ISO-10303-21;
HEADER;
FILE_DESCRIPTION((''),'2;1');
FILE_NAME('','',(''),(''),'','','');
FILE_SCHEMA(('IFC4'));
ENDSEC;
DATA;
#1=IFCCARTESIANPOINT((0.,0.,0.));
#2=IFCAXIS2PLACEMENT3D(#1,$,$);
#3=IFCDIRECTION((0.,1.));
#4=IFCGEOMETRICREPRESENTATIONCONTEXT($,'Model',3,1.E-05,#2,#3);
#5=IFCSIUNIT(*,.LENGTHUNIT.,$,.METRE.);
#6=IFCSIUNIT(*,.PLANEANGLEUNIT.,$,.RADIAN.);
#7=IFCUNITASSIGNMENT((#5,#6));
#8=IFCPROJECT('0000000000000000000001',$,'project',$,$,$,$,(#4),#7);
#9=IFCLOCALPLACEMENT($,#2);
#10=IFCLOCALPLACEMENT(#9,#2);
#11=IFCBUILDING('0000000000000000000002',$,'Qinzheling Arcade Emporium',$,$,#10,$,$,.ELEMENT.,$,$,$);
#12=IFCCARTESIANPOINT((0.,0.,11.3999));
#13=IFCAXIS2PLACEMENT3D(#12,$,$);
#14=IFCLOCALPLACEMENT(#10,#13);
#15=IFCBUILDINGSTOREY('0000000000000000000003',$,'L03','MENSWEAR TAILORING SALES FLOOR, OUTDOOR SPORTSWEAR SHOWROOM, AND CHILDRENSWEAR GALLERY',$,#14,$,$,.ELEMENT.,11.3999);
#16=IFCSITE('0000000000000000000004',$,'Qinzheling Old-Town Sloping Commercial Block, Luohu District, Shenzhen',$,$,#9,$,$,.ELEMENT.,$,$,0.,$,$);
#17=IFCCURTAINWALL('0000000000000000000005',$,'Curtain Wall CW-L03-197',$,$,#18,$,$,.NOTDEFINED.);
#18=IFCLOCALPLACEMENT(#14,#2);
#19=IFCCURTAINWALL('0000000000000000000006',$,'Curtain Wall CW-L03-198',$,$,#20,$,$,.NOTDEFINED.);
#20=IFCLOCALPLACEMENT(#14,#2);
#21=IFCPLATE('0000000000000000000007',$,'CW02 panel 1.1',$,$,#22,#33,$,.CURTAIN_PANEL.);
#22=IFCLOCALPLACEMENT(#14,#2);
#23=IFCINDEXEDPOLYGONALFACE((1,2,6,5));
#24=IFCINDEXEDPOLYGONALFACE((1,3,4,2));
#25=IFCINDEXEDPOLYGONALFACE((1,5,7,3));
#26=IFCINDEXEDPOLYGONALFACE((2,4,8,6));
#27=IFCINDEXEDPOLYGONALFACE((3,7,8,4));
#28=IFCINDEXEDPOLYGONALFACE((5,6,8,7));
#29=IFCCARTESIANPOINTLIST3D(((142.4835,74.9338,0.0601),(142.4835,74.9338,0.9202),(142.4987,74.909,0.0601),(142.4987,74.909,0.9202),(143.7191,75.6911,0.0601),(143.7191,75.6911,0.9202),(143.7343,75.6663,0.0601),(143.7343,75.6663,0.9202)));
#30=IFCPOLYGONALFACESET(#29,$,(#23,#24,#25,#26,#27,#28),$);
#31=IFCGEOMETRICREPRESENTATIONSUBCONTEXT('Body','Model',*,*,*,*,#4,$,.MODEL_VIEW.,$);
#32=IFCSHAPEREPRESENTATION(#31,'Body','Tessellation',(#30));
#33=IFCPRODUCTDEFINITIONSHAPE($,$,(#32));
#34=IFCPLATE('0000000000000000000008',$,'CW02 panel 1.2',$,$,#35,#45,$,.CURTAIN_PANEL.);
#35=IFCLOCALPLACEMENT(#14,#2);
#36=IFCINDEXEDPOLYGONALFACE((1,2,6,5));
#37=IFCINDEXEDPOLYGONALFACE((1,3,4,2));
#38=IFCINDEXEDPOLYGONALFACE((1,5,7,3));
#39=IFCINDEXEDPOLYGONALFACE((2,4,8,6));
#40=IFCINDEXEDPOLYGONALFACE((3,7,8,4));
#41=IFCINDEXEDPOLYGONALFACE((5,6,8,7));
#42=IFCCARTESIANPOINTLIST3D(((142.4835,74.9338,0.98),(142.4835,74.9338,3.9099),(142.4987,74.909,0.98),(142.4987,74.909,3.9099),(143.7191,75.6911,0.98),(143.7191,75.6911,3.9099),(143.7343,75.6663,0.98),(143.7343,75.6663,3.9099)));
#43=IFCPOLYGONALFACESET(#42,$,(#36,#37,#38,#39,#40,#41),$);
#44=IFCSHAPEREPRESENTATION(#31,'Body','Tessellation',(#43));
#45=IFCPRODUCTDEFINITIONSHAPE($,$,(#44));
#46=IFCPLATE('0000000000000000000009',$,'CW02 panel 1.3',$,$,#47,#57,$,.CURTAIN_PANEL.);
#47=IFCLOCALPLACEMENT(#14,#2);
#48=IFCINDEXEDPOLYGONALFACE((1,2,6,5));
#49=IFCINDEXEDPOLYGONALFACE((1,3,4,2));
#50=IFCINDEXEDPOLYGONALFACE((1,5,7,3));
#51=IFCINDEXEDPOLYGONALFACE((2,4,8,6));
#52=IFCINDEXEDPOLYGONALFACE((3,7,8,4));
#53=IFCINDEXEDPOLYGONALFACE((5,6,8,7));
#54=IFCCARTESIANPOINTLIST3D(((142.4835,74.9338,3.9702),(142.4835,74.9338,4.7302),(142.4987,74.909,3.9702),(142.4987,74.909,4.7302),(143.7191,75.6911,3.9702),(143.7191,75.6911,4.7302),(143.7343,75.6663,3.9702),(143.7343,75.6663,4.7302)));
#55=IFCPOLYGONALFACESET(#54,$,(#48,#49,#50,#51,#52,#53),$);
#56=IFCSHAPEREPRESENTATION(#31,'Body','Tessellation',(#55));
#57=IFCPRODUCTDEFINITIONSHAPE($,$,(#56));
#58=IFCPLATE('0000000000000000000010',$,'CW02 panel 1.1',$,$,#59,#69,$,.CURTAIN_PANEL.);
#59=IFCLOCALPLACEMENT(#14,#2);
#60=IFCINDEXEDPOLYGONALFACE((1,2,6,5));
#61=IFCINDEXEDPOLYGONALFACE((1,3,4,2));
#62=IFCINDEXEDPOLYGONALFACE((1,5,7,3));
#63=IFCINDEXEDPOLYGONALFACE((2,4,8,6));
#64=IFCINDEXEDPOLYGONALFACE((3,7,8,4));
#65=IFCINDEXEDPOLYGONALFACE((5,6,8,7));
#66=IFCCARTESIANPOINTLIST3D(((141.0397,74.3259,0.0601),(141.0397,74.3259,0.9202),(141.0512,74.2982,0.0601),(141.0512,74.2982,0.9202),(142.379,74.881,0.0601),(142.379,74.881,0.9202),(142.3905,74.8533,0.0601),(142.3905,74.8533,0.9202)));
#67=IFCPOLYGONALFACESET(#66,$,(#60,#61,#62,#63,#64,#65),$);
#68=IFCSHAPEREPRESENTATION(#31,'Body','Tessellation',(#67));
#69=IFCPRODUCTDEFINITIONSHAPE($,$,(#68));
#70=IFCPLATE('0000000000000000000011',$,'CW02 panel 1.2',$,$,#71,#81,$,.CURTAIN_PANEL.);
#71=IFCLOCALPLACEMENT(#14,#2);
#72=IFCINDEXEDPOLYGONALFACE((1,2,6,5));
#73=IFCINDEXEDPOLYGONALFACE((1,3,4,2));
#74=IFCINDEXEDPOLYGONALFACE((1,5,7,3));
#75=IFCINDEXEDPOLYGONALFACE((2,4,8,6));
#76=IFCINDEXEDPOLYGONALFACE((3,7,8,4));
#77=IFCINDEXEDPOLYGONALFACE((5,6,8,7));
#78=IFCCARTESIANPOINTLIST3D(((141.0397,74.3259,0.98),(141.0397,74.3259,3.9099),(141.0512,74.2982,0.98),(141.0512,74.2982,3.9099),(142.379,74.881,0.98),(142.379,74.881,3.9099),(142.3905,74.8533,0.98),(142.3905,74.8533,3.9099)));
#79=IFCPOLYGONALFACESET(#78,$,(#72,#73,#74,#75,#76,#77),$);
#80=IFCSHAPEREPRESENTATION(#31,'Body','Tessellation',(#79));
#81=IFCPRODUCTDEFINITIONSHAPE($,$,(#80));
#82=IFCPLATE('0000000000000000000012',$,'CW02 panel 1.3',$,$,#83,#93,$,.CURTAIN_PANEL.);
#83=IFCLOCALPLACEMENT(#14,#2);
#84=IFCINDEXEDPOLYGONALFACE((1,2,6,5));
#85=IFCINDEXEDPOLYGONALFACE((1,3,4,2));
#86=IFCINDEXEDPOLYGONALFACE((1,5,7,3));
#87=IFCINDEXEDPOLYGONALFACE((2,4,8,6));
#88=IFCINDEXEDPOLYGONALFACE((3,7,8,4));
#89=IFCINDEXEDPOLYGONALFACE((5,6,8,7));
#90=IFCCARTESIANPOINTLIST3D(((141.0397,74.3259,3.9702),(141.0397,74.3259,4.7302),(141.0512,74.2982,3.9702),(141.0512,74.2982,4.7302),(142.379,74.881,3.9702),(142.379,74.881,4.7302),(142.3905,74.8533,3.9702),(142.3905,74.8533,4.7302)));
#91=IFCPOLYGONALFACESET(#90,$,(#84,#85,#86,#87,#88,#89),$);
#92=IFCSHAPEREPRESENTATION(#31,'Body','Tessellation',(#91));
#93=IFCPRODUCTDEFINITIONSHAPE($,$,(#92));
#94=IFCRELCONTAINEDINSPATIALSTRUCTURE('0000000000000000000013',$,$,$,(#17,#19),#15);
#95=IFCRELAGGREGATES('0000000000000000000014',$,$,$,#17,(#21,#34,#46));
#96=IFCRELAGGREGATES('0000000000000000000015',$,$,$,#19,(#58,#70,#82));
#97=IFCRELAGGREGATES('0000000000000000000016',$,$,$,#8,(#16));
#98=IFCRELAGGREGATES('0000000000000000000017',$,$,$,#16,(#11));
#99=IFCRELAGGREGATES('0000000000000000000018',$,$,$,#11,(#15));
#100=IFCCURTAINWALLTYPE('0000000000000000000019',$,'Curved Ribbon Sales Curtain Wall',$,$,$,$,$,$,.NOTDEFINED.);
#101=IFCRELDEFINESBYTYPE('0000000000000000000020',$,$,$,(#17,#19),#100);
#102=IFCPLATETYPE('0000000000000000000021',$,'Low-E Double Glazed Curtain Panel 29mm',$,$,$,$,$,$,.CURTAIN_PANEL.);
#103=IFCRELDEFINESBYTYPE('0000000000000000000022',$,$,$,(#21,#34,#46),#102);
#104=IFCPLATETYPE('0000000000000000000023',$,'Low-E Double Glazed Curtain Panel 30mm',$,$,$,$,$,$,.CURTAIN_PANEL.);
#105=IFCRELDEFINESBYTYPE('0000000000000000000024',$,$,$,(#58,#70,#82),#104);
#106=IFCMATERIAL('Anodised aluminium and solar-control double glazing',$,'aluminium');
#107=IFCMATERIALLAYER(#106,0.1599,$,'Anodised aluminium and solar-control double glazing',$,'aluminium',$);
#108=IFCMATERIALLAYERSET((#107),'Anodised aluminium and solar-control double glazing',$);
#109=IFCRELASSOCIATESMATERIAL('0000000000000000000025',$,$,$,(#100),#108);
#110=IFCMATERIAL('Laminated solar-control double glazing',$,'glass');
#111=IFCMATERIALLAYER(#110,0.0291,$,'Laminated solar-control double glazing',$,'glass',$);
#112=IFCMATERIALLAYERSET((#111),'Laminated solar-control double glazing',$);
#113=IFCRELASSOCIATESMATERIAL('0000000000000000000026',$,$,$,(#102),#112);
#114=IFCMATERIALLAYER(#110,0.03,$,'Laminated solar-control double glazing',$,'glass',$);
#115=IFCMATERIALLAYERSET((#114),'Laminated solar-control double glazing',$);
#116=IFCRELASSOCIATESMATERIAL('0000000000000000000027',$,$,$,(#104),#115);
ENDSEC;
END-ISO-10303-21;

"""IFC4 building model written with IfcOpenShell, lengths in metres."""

from ifc_helpers import new_model, si_unit, direction, frame, origin, origin_2d, place, context, subcontext, project, spatial, rectangle, extrude, material, layer, layer_set, type_object, element, aggregate, save


model = new_model("IFC4")

# Units and contexts
model_context = context("Model", 3, precision=1e-05, world=origin(), true_north=direction((0.0, 1.0)))
body_context = subcontext(model_context, "Body", "Model", "MODEL_VIEW")
ifc_project = project(units=[si_unit("LENGTHUNIT", "METRE"), si_unit("PLANEANGLEUNIT", "RADIAN")], contexts=[model_context])

# Site, building, storey
site_placement = place(None, origin())
site = spatial("IfcSite", under=ifc_project, at=site_placement, Name="Qinzheling Old-Town Sloping Commercial Block, Luohu District, Shenzhen", CompositionType="ELEMENT", RefElevation=0.0)
building_placement = place(site_placement, origin())
building = spatial("IfcBuilding", under=site, at=building_placement, Name="Qinzheling Arcade Emporium", CompositionType="ELEMENT")
storey_placement = place(building_placement, frame((0.0, 0.0, 11.3999)))
storey = spatial("IfcBuildingStorey", under=building, at=storey_placement, Name="L03", Description="MENSWEAR TAILORING SALES FLOOR, OUTDOOR SPORTSWEAR SHOWROOM, AND CHILDRENSWEAR GALLERY", CompositionType="ELEMENT", Elevation=11.3999)

# Shared definitions
ifc_material_1 = material(Name="Anodised aluminium and solar-control double glazing", Category="aluminium")
ifc_layer_1 = layer(ifc_material_1, 0.1599, Name="Anodised aluminium and solar-control double glazing", Category="aluminium")
ifc_layer_set_1 = layer_set([ifc_layer_1], Name="Anodised aluminium and solar-control double glazing")
curtain_wall_type = type_object("IfcCurtainWallType", Name="Curved Ribbon Sales Curtain Wall", PredefinedType="NOTDEFINED", material=ifc_layer_set_1)

# Curtain walls
curtain_wall_1_placement = place(storey_placement, origin())
curtain_wall_1 = element("IfcCurtainWall", 1, at=curtain_wall_1_placement, inside=storey, type_object=curtain_wall_type, Name="Curtain Wall CW-L03-197", PredefinedType="NOTDEFINED")
curtain_wall_2_placement = place(storey_placement, origin())
curtain_wall_2 = element("IfcCurtainWall", 2, at=curtain_wall_2_placement, inside=storey, type_object=curtain_wall_type, Name="Curtain Wall CW-L03-198", PredefinedType="NOTDEFINED")

# Plates
ifc_material_2 = material(Name="Laminated solar-control double glazing", Category="glass")
ifc_layer_2 = layer(ifc_material_2, 0.0291, Name="Laminated solar-control double glazing", Category="glass")
ifc_layer_set_2 = layer_set([ifc_layer_2], Name="Laminated solar-control double glazing")
plate_type_1 = type_object("IfcPlateType", Name="Low-E Double Glazed Curtain Panel 29mm", PredefinedType="CURTAIN_PANEL", material=ifc_layer_set_2)
plate_1_placement = place(storey_placement, frame((143.1089, 75.3, 0.0601), z_axis=(0.0, 0.0, 1.0), x_axis=(-0.85262, -0.522532, 0.0)))
plate_1 = element("IfcPlate", 3, at=plate_1_placement, type_object=plate_type_1, Name="CW02 panel 1.1", PredefinedType="CURTAIN_PANEL", context=body_context, shape_type="SweptSolid", body=[
    extrude(rectangle(XDim=1.4492, YDim=0.0291, at=origin_2d()), origin(), (0.0, 0.0, 1.0), 0.8601),
])
plate_2_placement = place(storey_placement, frame((143.1089, 75.3, 0.98), z_axis=(0.0, 0.0, 1.0), x_axis=(-0.85262, -0.522532, 0.0)))
plate_2 = element("IfcPlate", 4, at=plate_2_placement, type_object=plate_type_1, Name="CW02 panel 1.2", PredefinedType="CURTAIN_PANEL", context=body_context, shape_type="SweptSolid", body=[
    extrude(rectangle(XDim=1.4492, YDim=0.0291, at=origin_2d()), origin(), (0.0, 0.0, 1.0), 2.9299),
])
plate_3_placement = place(storey_placement, frame((143.1089, 75.3, 3.9702), z_axis=(0.0, 0.0, 1.0), x_axis=(-0.85262, -0.522532, 0.0)))
plate_3 = element("IfcPlate", 5, at=plate_3_placement, type_object=plate_type_1, Name="CW02 panel 1.3", PredefinedType="CURTAIN_PANEL", context=body_context, shape_type="SweptSolid", body=[
    extrude(rectangle(XDim=1.4492, YDim=0.0291, at=origin_2d()), origin(), (0.0, 0.0, 1.0), 0.76),
])
aggregate(curtain_wall_1, [plate_1, plate_2, plate_3])
ifc_layer_3 = layer(ifc_material_2, 0.03, Name="Laminated solar-control double glazing", Category="glass")
ifc_layer_set_3 = layer_set([ifc_layer_3], Name="Laminated solar-control double glazing")
plate_type_2 = type_object("IfcPlateType", Name="Low-E Double Glazed Curtain Panel 30mm", PredefinedType="CURTAIN_PANEL", material=ifc_layer_set_3)
plate_4_placement = place(storey_placement, frame((141.7151, 74.5896, 0.0601), z_axis=(0.0, 0.0, 1.0), x_axis=(-0.923792, -0.382896, 0.0)))
plate_4 = element("IfcPlate", 6, at=plate_4_placement, type_object=plate_type_2, Name="CW02 panel 1.1", PredefinedType="CURTAIN_PANEL", context=body_context, shape_type="SweptSolid", body=[
    extrude(rectangle(XDim=1.4497, YDim=0.03, at=origin_2d()), origin(), (0.0, 0.0, 1.0), 0.8601),
])
plate_5_placement = place(storey_placement, frame((141.7151, 74.5896, 0.98), z_axis=(0.0, 0.0, 1.0), x_axis=(-0.923792, -0.382896, 0.0)))
plate_5 = element("IfcPlate", 7, at=plate_5_placement, type_object=plate_type_2, Name="CW02 panel 1.2", PredefinedType="CURTAIN_PANEL", context=body_context, shape_type="SweptSolid", body=[
    extrude(rectangle(XDim=1.4497, YDim=0.03, at=origin_2d()), origin(), (0.0, 0.0, 1.0), 2.9299),
])
plate_6_placement = place(storey_placement, frame((141.7151, 74.5896, 3.9702), z_axis=(0.0, 0.0, 1.0), x_axis=(-0.923792, -0.382896, 0.0)))
plate_6 = element("IfcPlate", 8, at=plate_6_placement, type_object=plate_type_2, Name="CW02 panel 1.3", PredefinedType="CURTAIN_PANEL", context=body_context, shape_type="SweptSolid", body=[
    extrude(rectangle(XDim=1.4497, YDim=0.03, at=origin_2d()), origin(), (0.0, 0.0, 1.0), 0.76),
])
aggregate(curtain_wall_2, [plate_4, plate_5, plate_6])

save(model, "model.ifc")
